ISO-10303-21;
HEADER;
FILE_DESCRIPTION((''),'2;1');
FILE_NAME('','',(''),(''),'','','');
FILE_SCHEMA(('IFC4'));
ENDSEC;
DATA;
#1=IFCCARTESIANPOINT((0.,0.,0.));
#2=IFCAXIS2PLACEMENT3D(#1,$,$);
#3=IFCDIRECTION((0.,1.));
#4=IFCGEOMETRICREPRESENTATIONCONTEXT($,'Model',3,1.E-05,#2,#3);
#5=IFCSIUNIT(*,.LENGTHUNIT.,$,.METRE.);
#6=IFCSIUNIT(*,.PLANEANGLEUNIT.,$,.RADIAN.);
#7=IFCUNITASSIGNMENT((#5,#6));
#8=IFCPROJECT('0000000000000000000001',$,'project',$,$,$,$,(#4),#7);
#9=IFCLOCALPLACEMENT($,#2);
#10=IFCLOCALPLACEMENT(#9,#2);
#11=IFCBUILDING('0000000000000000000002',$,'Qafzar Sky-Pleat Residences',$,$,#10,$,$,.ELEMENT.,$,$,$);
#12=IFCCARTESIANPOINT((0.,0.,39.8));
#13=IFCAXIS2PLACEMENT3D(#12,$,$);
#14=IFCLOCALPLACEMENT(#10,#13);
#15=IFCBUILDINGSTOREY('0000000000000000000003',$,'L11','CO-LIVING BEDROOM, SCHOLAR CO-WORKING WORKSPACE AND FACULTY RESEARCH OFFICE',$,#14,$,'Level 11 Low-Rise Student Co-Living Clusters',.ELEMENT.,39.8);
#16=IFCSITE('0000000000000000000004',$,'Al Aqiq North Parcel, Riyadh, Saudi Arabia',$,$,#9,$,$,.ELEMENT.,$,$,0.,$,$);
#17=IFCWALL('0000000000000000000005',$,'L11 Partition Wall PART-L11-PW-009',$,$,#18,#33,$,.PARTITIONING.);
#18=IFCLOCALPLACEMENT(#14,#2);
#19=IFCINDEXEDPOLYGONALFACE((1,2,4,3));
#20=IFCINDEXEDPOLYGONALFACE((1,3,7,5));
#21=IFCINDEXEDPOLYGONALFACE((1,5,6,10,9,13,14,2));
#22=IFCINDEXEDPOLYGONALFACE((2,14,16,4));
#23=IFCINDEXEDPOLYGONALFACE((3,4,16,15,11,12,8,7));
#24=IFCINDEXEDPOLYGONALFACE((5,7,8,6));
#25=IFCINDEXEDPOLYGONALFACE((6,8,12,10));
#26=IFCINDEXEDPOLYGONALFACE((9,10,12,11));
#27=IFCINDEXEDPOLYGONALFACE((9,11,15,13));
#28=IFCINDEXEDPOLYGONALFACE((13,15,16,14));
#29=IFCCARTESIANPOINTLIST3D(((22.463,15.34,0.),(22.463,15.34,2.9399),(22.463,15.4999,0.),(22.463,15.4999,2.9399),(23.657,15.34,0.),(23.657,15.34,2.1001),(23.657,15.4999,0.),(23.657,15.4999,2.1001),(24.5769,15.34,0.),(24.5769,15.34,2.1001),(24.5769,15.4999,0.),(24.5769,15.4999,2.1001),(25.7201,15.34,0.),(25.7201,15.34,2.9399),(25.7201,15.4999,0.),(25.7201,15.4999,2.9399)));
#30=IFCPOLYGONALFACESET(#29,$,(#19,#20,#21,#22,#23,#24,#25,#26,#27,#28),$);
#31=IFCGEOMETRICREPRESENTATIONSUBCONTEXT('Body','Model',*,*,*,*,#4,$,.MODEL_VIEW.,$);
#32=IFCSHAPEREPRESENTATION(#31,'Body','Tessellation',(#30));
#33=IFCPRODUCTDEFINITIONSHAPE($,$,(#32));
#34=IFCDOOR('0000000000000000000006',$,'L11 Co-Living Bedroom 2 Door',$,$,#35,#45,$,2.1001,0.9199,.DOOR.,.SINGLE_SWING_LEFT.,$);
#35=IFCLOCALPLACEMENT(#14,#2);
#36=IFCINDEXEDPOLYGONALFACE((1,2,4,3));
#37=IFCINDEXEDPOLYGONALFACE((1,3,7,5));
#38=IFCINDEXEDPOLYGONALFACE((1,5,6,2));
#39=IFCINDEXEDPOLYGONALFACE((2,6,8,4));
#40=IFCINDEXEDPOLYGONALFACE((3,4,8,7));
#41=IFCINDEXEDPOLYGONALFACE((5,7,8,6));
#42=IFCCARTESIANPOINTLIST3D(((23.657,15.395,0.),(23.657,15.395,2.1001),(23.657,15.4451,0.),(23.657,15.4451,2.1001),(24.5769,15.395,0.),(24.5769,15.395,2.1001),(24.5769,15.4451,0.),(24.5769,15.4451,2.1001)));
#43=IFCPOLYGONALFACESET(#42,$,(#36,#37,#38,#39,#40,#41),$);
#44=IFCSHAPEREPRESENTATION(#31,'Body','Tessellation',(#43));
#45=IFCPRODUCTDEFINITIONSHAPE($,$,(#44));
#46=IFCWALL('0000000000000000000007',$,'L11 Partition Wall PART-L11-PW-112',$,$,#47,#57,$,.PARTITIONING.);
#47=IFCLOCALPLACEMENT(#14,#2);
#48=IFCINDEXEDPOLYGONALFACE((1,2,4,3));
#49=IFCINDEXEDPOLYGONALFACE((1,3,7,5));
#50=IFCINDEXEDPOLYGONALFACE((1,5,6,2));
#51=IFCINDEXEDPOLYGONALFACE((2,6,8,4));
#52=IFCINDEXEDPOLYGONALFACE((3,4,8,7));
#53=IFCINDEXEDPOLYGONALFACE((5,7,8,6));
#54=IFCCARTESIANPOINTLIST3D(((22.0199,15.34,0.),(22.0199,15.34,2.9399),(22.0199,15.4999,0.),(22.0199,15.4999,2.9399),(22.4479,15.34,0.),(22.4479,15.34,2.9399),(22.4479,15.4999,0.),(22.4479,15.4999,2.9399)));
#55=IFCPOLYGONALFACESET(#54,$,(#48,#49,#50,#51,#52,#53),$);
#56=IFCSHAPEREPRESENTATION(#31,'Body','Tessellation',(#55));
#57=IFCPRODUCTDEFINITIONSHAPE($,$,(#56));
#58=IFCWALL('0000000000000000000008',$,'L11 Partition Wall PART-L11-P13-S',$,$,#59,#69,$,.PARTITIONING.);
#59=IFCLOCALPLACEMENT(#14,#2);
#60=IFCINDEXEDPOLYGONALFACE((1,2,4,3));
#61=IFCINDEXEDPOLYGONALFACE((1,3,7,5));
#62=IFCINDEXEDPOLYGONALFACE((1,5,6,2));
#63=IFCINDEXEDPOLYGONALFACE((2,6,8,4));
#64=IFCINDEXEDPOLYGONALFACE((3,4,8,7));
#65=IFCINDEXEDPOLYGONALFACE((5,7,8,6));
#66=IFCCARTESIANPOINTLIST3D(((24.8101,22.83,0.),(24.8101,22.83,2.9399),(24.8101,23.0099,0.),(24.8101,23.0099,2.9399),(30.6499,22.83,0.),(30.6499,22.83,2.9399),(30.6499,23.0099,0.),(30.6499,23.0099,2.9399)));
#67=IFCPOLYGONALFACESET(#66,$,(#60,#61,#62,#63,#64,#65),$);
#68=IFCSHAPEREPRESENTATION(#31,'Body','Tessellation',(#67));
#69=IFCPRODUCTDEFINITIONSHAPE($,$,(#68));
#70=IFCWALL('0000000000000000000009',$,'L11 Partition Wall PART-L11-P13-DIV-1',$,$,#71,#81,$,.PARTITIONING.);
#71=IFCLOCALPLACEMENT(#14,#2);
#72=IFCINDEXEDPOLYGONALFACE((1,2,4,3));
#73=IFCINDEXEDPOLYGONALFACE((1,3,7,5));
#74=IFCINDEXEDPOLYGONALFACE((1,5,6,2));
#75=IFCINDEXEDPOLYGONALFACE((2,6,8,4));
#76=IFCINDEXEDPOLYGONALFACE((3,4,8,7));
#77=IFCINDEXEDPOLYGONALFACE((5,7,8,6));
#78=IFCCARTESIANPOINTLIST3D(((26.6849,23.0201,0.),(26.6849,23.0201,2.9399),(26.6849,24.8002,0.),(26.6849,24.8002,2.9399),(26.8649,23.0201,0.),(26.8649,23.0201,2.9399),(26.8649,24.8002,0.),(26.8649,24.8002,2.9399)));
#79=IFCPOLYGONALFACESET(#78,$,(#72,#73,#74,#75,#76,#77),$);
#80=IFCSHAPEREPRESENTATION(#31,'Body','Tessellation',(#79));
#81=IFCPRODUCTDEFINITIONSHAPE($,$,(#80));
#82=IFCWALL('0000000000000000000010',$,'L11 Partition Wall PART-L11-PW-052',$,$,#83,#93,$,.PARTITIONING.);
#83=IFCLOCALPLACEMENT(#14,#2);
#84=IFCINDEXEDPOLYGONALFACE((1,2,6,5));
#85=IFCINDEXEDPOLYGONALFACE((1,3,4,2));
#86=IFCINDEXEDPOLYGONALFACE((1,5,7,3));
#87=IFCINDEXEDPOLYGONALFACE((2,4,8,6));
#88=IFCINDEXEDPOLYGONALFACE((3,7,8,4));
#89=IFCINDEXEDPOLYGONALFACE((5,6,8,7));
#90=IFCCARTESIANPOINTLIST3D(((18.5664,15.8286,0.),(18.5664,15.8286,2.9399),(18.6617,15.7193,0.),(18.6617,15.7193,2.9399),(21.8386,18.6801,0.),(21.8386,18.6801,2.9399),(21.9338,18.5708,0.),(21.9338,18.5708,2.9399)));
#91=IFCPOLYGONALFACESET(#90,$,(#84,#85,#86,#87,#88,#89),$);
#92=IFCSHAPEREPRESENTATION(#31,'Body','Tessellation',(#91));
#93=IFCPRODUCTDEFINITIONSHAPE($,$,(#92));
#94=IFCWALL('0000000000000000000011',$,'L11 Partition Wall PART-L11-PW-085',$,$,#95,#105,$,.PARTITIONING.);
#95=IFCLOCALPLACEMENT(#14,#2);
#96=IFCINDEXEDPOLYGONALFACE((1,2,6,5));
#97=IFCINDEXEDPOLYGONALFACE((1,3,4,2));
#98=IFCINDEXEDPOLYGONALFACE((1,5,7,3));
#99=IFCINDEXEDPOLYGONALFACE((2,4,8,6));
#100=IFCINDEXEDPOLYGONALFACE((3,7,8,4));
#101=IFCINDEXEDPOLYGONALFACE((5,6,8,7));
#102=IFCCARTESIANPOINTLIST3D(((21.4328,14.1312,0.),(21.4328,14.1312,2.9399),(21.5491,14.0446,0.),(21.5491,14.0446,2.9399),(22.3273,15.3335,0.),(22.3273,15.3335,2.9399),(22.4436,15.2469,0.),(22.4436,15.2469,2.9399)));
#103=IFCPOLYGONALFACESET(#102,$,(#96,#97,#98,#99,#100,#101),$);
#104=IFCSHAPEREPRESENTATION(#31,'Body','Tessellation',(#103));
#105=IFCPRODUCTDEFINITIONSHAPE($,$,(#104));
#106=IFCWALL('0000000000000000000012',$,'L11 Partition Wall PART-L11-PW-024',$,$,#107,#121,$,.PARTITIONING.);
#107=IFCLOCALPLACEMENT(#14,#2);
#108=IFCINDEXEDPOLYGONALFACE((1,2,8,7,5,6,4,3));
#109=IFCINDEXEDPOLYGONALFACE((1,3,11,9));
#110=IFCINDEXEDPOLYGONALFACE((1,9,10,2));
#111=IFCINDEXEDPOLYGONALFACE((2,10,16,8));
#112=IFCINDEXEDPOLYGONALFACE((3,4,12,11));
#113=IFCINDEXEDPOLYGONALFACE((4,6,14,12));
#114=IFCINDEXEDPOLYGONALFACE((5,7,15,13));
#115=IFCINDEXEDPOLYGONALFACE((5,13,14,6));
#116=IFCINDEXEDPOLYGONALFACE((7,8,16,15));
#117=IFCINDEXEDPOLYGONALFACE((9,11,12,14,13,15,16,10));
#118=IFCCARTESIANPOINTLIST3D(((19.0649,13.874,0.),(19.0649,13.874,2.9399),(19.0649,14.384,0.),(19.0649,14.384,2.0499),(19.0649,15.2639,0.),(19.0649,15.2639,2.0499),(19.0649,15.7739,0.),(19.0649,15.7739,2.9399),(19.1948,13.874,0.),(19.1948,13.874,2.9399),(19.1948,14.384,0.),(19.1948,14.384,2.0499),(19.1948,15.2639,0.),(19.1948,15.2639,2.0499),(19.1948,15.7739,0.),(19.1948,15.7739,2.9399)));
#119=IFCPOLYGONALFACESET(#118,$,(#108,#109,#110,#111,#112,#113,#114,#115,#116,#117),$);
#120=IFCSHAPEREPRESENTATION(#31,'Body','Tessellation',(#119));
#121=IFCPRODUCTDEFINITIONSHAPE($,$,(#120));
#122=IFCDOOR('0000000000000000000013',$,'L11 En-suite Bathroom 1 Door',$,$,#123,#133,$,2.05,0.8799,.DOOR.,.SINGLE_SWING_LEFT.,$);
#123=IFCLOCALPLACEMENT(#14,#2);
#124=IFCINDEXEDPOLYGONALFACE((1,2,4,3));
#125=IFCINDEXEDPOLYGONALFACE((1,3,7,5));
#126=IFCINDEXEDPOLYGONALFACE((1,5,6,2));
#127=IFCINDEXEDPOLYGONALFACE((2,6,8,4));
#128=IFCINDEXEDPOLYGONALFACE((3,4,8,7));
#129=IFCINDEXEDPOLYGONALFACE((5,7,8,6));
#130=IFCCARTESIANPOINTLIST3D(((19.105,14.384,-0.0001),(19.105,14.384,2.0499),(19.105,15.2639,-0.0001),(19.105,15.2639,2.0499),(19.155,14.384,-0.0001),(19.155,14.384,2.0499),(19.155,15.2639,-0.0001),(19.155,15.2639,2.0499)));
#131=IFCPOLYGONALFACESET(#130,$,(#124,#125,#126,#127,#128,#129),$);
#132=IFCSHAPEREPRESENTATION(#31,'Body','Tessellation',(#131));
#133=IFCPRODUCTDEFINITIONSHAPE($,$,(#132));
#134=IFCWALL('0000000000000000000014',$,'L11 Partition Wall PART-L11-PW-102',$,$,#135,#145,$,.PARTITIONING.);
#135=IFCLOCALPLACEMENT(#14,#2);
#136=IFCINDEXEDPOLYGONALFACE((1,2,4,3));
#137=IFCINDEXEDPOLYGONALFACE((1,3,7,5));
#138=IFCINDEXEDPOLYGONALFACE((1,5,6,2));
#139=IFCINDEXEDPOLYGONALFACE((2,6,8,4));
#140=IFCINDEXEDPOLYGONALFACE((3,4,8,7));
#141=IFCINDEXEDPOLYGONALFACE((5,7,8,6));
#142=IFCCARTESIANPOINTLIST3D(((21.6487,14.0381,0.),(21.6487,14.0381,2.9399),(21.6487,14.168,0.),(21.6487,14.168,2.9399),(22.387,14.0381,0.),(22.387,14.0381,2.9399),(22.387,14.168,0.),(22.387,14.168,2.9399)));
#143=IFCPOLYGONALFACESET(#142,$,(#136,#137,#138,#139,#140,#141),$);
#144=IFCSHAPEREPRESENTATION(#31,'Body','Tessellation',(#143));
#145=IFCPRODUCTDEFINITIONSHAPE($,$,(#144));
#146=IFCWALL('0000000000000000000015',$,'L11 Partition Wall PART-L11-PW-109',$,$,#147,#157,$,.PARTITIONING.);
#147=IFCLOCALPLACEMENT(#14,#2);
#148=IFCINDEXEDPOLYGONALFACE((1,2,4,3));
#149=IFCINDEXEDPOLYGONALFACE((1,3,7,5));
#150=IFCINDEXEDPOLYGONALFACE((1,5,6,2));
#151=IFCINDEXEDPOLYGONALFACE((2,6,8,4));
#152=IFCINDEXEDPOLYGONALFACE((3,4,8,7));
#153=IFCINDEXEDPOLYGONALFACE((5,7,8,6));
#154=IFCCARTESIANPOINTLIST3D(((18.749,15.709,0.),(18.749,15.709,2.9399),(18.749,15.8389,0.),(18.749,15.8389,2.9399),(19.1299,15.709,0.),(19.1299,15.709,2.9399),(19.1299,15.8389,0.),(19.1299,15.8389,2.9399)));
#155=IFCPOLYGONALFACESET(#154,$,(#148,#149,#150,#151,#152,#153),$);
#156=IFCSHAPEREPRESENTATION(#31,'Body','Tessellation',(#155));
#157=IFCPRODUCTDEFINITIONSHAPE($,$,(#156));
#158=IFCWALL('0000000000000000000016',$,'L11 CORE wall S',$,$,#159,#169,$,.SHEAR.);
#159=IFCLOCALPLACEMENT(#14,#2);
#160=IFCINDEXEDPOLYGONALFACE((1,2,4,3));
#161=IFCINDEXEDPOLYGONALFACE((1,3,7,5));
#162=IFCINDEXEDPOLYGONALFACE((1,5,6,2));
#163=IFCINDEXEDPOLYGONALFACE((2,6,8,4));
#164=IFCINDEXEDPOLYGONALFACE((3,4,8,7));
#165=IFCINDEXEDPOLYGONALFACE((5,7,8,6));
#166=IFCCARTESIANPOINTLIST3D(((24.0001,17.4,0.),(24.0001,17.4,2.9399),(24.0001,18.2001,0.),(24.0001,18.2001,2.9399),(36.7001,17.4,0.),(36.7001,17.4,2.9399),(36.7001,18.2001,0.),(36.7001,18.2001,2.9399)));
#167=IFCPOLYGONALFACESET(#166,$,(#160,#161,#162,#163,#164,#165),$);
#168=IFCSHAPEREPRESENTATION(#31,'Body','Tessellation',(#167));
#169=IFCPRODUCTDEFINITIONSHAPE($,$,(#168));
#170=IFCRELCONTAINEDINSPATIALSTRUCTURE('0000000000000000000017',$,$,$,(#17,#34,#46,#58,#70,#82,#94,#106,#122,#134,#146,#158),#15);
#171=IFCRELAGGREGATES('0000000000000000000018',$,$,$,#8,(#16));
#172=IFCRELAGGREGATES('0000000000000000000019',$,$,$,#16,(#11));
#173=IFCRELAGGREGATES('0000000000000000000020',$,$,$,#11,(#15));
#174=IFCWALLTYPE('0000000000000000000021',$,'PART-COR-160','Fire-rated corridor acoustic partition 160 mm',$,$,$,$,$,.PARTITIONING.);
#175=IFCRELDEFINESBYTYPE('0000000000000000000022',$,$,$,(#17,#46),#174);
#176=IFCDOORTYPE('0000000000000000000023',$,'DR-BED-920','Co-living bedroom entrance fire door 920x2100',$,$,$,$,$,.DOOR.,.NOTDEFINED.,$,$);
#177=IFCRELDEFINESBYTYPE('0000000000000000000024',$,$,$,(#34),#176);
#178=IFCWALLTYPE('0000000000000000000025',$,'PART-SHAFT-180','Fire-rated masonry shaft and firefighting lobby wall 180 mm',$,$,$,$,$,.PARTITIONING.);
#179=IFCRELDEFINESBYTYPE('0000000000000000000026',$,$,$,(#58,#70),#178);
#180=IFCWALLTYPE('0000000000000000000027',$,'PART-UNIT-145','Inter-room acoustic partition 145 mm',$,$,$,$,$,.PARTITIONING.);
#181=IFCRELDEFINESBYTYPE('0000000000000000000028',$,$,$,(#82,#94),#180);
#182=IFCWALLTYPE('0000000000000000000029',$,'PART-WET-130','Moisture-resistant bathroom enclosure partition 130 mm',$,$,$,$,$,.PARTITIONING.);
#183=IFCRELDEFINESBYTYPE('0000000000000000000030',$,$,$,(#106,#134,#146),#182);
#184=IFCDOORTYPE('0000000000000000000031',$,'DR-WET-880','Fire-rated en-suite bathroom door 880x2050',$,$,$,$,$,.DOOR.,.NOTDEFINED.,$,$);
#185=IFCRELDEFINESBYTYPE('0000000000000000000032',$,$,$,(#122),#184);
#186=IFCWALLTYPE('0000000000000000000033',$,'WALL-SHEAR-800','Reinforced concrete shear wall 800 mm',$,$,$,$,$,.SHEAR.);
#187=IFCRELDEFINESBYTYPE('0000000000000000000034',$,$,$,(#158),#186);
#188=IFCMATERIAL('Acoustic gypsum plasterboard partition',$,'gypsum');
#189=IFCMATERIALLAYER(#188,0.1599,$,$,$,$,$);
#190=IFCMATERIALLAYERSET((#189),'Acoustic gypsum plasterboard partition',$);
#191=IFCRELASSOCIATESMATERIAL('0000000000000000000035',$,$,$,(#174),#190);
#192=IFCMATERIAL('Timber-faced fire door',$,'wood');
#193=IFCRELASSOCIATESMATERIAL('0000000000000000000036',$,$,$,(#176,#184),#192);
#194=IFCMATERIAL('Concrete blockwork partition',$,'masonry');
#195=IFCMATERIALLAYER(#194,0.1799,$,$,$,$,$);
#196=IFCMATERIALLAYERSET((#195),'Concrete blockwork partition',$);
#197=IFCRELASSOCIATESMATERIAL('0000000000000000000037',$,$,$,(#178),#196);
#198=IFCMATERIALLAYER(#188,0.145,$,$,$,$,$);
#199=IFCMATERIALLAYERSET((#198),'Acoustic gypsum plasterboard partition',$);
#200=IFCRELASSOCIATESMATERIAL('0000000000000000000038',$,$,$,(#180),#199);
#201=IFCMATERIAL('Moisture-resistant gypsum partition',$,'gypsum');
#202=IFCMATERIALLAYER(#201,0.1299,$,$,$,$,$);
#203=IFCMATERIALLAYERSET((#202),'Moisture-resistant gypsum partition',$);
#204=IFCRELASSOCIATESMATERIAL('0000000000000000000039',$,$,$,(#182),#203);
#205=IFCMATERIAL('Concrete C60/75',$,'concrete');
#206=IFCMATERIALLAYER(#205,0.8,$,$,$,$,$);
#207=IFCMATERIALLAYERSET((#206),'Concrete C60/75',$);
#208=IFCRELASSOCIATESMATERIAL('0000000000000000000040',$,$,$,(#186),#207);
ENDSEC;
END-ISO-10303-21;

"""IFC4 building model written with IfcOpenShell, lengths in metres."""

from ifc_helpers import new_model, si_unit, direction, frame, frame_2d, origin, place, context, subcontext, project, spatial, rectangle, extrude, source, transform, mapped, material, layer, layer_set, type_object, element, fill, save


model = new_model("IFC4")

# Units and contexts
model_context = context("Model", 3, precision=1e-05, world=origin(), true_north=direction((0.0, 1.0)))
body_context = subcontext(model_context, "Body", "Model", "MODEL_VIEW")
ifc_project = project(units=[si_unit("LENGTHUNIT", "METRE"), si_unit("PLANEANGLEUNIT", "RADIAN")], contexts=[model_context])

# Site, building, storey
site_placement = place(None, origin())
site = spatial("IfcSite", under=ifc_project, at=site_placement, Name="Al Aqiq North Parcel, Riyadh, Saudi Arabia", CompositionType="ELEMENT", RefElevation=0.0)
building_placement = place(site_placement, origin())
building = spatial("IfcBuilding", under=site, at=building_placement, Name="Qafzar Sky-Pleat Residences", CompositionType="ELEMENT")
storey_placement = place(building_placement, frame((0.0, 0.0, 39.8)))
storey = spatial("IfcBuildingStorey", under=building, at=storey_placement, Name="L11", Description="CO-LIVING BEDROOM, SCHOLAR CO-WORKING WORKSPACE AND FACULTY RESEARCH OFFICE", LongName="Level 11 Low-Rise Student Co-Living Clusters", CompositionType="ELEMENT", Elevation=39.8)

# Wall, opening, door
ifc_material_1 = material(Name="Acoustic gypsum plasterboard partition", Category="gypsum")
ifc_layer_1 = layer(ifc_material_1, 0.1599)
ifc_layer_set_1 = layer_set([ifc_layer_1], Name="Acoustic gypsum plasterboard partition")
wall_type_1 = type_object("IfcWallType", Name="PART-COR-160", Description="Fire-rated corridor acoustic partition 160 mm", PredefinedType="PARTITIONING", material=ifc_layer_set_1)
ifc_material_2 = material(Name="Timber-faced fire door", Category="wood")
door_type_1 = type_object("IfcDoorType", Name="DR-BED-920", Description="Co-living bedroom entrance fire door 920x2100", OperationType="NOTDEFINED", PredefinedType="DOOR", material=ifc_material_2)
shared_shape_1 = source(origin(), body_context, "Body", "SweptSolid", [
    extrude(rectangle(XDim=0.9199, YDim=2.1001, at=frame_2d((0.46, 1.05))), frame((0.0, 0.0249, 0.0), z_axis=(0.0, -1.0, 0.0), x_axis=(1.0, 0.0, 0.0)), (0.0, 0.0, 1.0), 0.05),
])
wall_1_placement = place(storey_placement, frame((25.72, 15.4199, 0.0), z_axis=(0.0, 0.0, 1.0), x_axis=(-1.0, 0.0, 0.0)))
wall_1 = element("IfcWall", 1, at=wall_1_placement, inside=storey, type_object=wall_type_1, Name="L11 Partition Wall PART-L11-PW-009", PredefinedType="PARTITIONING", context=body_context, shape_type="SweptSolid", body=[
    extrude(rectangle(XDim=3.2571, YDim=0.1599, at=frame_2d((1.6284, 0.0))), origin(), (0.0, 0.0, 1.0), 2.9399),
])
opening_1_placement = place(wall_1_placement, frame((1.1431, 0.0, 0.0)))
opening_1 = element("IfcOpeningElement", 2, at=opening_1_placement, cuts=wall_1, PredefinedType="OPENING", context=body_context, shape_type="SweptSolid", body=[
    extrude(rectangle(XDim=0.9199, YDim=2.1001, at=frame_2d((0.46, 1.05))), frame((0.0, 0.0898, 0.0), z_axis=(0.0, -1.0, 0.0), x_axis=(1.0, 0.0, 0.0)), (0.0, 0.0, 1.0), 0.1799),
])
door_1_placement = place(opening_1_placement, origin())
door_1 = element("IfcDoor", 3, at=door_1_placement, inside=storey, type_object=door_type_1, Name="L11 Co-Living Bedroom 2 Door", OperationType="SINGLE_SWING_LEFT", OverallHeight=2.1001, OverallWidth=0.9199, PredefinedType="DOOR", context=body_context, shape_type="MappedRepresentation", body=[
    mapped(shared_shape_1, transform((0.0, 0.0, 0.0), x_axis=(1.0, 0.0, 0.0), y_axis=(0.0, 1.0, 0.0), z_axis=(0.0, 0.0, 1.0), scale=1.0)),
])
fill(opening_1, door_1)

# Walls
wall_2_placement = place(storey_placement, frame((22.02, 15.4199, 0.0), z_axis=(0.0, 0.0, 1.0), x_axis=(1.0, 0.0, 0.0)))
element("IfcWall", 4, at=wall_2_placement, inside=storey, type_object=wall_type_1, Name="L11 Partition Wall PART-L11-PW-112", PredefinedType="PARTITIONING", context=body_context, shape_type="SweptSolid", body=[
    extrude(rectangle(XDim=0.428, YDim=0.1599, at=frame_2d((0.2139, 0.0))), origin(), (0.0, 0.0, 1.0), 2.9399),
])
ifc_material_3 = material(Name="Concrete blockwork partition", Category="masonry")
ifc_layer_2 = layer(ifc_material_3, 0.1799)
ifc_layer_set_2 = layer_set([ifc_layer_2], Name="Concrete blockwork partition")
wall_type_2 = type_object("IfcWallType", Name="PART-SHAFT-180", Description="Fire-rated masonry shaft and firefighting lobby wall 180 mm", PredefinedType="PARTITIONING", material=ifc_layer_set_2)
wall_3_placement = place(storey_placement, frame((24.8101, 22.9199, 0.0), z_axis=(0.0, 0.0, 1.0), x_axis=(1.0, 0.0, 0.0)))
element("IfcWall", 5, at=wall_3_placement, inside=storey, type_object=wall_type_2, Name="L11 Partition Wall PART-L11-P13-S", PredefinedType="PARTITIONING", context=body_context, shape_type="SweptSolid", body=[
    extrude(rectangle(XDim=5.8398, YDim=0.1799, at=frame_2d((2.9199, 0.0))), origin(), (0.0, 0.0, 1.0), 2.9399),
])
wall_4_placement = place(storey_placement, frame((26.7749, 23.02, 0.0), z_axis=(0.0, 0.0, 1.0), x_axis=(0.0, 1.0, 0.0)))
element("IfcWall", 6, at=wall_4_placement, inside=storey, type_object=wall_type_2, Name="L11 Partition Wall PART-L11-P13-DIV-1", PredefinedType="PARTITIONING", context=body_context, shape_type="SweptSolid", body=[
    extrude(rectangle(XDim=1.78, YDim=0.1799, at=frame_2d((0.8901, 0.0))), origin(), (0.0, 0.0, 1.0), 2.9399),
])
ifc_layer_3 = layer(ifc_material_1, 0.145)
ifc_layer_set_3 = layer_set([ifc_layer_3], Name="Acoustic gypsum plasterboard partition")
wall_type_3 = type_object("IfcWallType", Name="PART-UNIT-145", Description="Inter-room acoustic partition 145 mm", PredefinedType="PARTITIONING", material=ifc_layer_set_3)
wall_5_placement = place(storey_placement, frame((18.614, 15.7739, 0.0), z_axis=(0.0, 0.0, 1.0), x_axis=(0.753903, 0.656986, 0.0)))
element("IfcWall", 7, at=wall_5_placement, inside=storey, type_object=wall_type_3, Name="L11 Partition Wall PART-L11-PW-052", PredefinedType="PARTITIONING", context=body_context, shape_type="SweptSolid", body=[
    extrude(rectangle(XDim=4.3403, YDim=0.145, at=frame_2d((2.1702, 0.0))), origin(), (0.0, 0.0, 1.0), 2.9399),
])
wall_6_placement = place(storey_placement, frame((21.491, 14.0879, 0.0), z_axis=(0.0, 0.0, 1.0), x_axis=(0.596894, 0.80232, 0.0)))
element("IfcWall", 8, at=wall_6_placement, inside=storey, type_object=wall_type_3, Name="L11 Partition Wall PART-L11-PW-085", PredefinedType="PARTITIONING", context=body_context, shape_type="SweptSolid", body=[
    extrude(rectangle(XDim=1.4985, YDim=0.145, at=frame_2d((0.7493, 0.0))), origin(), (0.0, 0.0, 1.0), 2.9399),
])

# Wall, opening, door
ifc_material_4 = material(Name="Moisture-resistant gypsum partition", Category="gypsum")
ifc_layer_4 = layer(ifc_material_4, 0.1299)
ifc_layer_set_4 = layer_set([ifc_layer_4], Name="Moisture-resistant gypsum partition")
wall_type_4 = type_object("IfcWallType", Name="PART-WET-130", Description="Moisture-resistant bathroom enclosure partition 130 mm", PredefinedType="PARTITIONING", material=ifc_layer_set_4)
wall_7_placement = place(storey_placement, frame((19.1299, 13.874, 0.0), z_axis=(0.0, 0.0, 1.0), x_axis=(0.0, 1.0, 0.0)))
wall_7 = element("IfcWall", 9, at=wall_7_placement, inside=storey, type_object=wall_type_4, Name="L11 Partition Wall PART-L11-PW-024", PredefinedType="PARTITIONING", context=body_context, shape_type="SweptSolid", body=[
    extrude(rectangle(XDim=1.8999, YDim=0.1299, at=frame_2d((0.95, 0.0))), origin(), (0.0, 0.0, 1.0), 2.9399),
])
opening_2_placement = place(wall_7_placement, frame((0.51, 0.0, 0.0)))
opening_2 = element("IfcOpeningElement", 10, at=opening_2_placement, cuts=wall_7, PredefinedType="OPENING", context=body_context, shape_type="SweptSolid", body=[
    extrude(rectangle(XDim=0.8799, YDim=2.05, at=frame_2d((0.4399, 1.0249))), frame((0.0, 0.075, 0.0), z_axis=(0.0, -1.0, 0.0), x_axis=(1.0, 0.0, 0.0)), (0.0, 0.0, 1.0), 0.1499),
])
door_type_2 = type_object("IfcDoorType", Name="DR-WET-880", Description="Fire-rated en-suite bathroom door 880x2050", OperationType="NOTDEFINED", PredefinedType="DOOR", material=ifc_material_2)
shared_shape_2 = source(origin(), body_context, "Body", "SweptSolid", [
    extrude(rectangle(XDim=0.8799, YDim=2.05, at=frame_2d((0.4399, 1.0249))), frame((0.0, 0.0249, 0.0), z_axis=(0.0, -1.0, 0.0), x_axis=(1.0, 0.0, 0.0)), (0.0, 0.0, 1.0), 0.05),
])
door_2_placement = place(opening_2_placement, origin())
door_2 = element("IfcDoor", 11, at=door_2_placement, inside=storey, type_object=door_type_2, Name="L11 En-suite Bathroom 1 Door", OperationType="SINGLE_SWING_LEFT", OverallHeight=2.05, OverallWidth=0.8799, PredefinedType="DOOR", context=body_context, shape_type="MappedRepresentation", body=[
    mapped(shared_shape_2, transform((0.0, 0.0, 0.0), x_axis=(1.0, 0.0, 0.0), y_axis=(0.0, 1.0, 0.0), z_axis=(0.0, 0.0, 1.0), scale=1.0)),
])
fill(opening_2, door_2)

# Walls
wall_8_placement = place(storey_placement, frame((21.6487, 14.103, 0.0), z_axis=(0.0, 0.0, 1.0), x_axis=(1.0, 0.0, 0.0)))
element("IfcWall", 12, at=wall_8_placement, inside=storey, type_object=wall_type_4, Name="L11 Partition Wall PART-L11-PW-102", PredefinedType="PARTITIONING", context=body_context, shape_type="SweptSolid", body=[
    extrude(rectangle(XDim=0.7383, YDim=0.1299, at=frame_2d((0.3691, 0.0))), origin(), (0.0, 0.0, 1.0), 2.9399),
])
wall_9_placement = place(storey_placement, frame((18.749, 15.7739, 0.0), z_axis=(0.0, 0.0, 1.0), x_axis=(1.0, 0.0, 0.0)))
element("IfcWall", 13, at=wall_9_placement, inside=storey, type_object=wall_type_4, Name="L11 Partition Wall PART-L11-PW-109", PredefinedType="PARTITIONING", context=body_context, shape_type="SweptSolid", body=[
    extrude(rectangle(XDim=0.3809, YDim=0.1299, at=frame_2d((0.1904, 0.0))), origin(), (0.0, 0.0, 1.0), 2.9399),
])

# Shared definitions
ifc_material_5 = material(Name="Concrete C60/75", Category="concrete")

# Wall
ifc_layer_5 = layer(ifc_material_5, 0.8)
ifc_layer_set_5 = layer_set([ifc_layer_5], Name="Concrete C60/75")
wall_type_5 = type_object("IfcWallType", Name="WALL-SHEAR-800", Description="Reinforced concrete shear wall 800 mm", PredefinedType="SHEAR", material=ifc_layer_set_5)
wall_10_placement = place(storey_placement, frame((24.0, 17.8, 0.0), z_axis=(0.0, 0.0, 1.0), x_axis=(1.0, 0.0, 0.0)))
element("IfcWall", 14, at=wall_10_placement, inside=storey, type_object=wall_type_5, Name="L11 CORE wall S", PredefinedType="SHEAR", context=body_context, shape_type="SweptSolid", body=[
    extrude(rectangle(XDim=12.7, YDim=0.8, at=frame_2d((6.3501, 0.0))), origin(), (0.0, 0.0, 1.0), 2.9399),
])

save(model, "model.ifc")
